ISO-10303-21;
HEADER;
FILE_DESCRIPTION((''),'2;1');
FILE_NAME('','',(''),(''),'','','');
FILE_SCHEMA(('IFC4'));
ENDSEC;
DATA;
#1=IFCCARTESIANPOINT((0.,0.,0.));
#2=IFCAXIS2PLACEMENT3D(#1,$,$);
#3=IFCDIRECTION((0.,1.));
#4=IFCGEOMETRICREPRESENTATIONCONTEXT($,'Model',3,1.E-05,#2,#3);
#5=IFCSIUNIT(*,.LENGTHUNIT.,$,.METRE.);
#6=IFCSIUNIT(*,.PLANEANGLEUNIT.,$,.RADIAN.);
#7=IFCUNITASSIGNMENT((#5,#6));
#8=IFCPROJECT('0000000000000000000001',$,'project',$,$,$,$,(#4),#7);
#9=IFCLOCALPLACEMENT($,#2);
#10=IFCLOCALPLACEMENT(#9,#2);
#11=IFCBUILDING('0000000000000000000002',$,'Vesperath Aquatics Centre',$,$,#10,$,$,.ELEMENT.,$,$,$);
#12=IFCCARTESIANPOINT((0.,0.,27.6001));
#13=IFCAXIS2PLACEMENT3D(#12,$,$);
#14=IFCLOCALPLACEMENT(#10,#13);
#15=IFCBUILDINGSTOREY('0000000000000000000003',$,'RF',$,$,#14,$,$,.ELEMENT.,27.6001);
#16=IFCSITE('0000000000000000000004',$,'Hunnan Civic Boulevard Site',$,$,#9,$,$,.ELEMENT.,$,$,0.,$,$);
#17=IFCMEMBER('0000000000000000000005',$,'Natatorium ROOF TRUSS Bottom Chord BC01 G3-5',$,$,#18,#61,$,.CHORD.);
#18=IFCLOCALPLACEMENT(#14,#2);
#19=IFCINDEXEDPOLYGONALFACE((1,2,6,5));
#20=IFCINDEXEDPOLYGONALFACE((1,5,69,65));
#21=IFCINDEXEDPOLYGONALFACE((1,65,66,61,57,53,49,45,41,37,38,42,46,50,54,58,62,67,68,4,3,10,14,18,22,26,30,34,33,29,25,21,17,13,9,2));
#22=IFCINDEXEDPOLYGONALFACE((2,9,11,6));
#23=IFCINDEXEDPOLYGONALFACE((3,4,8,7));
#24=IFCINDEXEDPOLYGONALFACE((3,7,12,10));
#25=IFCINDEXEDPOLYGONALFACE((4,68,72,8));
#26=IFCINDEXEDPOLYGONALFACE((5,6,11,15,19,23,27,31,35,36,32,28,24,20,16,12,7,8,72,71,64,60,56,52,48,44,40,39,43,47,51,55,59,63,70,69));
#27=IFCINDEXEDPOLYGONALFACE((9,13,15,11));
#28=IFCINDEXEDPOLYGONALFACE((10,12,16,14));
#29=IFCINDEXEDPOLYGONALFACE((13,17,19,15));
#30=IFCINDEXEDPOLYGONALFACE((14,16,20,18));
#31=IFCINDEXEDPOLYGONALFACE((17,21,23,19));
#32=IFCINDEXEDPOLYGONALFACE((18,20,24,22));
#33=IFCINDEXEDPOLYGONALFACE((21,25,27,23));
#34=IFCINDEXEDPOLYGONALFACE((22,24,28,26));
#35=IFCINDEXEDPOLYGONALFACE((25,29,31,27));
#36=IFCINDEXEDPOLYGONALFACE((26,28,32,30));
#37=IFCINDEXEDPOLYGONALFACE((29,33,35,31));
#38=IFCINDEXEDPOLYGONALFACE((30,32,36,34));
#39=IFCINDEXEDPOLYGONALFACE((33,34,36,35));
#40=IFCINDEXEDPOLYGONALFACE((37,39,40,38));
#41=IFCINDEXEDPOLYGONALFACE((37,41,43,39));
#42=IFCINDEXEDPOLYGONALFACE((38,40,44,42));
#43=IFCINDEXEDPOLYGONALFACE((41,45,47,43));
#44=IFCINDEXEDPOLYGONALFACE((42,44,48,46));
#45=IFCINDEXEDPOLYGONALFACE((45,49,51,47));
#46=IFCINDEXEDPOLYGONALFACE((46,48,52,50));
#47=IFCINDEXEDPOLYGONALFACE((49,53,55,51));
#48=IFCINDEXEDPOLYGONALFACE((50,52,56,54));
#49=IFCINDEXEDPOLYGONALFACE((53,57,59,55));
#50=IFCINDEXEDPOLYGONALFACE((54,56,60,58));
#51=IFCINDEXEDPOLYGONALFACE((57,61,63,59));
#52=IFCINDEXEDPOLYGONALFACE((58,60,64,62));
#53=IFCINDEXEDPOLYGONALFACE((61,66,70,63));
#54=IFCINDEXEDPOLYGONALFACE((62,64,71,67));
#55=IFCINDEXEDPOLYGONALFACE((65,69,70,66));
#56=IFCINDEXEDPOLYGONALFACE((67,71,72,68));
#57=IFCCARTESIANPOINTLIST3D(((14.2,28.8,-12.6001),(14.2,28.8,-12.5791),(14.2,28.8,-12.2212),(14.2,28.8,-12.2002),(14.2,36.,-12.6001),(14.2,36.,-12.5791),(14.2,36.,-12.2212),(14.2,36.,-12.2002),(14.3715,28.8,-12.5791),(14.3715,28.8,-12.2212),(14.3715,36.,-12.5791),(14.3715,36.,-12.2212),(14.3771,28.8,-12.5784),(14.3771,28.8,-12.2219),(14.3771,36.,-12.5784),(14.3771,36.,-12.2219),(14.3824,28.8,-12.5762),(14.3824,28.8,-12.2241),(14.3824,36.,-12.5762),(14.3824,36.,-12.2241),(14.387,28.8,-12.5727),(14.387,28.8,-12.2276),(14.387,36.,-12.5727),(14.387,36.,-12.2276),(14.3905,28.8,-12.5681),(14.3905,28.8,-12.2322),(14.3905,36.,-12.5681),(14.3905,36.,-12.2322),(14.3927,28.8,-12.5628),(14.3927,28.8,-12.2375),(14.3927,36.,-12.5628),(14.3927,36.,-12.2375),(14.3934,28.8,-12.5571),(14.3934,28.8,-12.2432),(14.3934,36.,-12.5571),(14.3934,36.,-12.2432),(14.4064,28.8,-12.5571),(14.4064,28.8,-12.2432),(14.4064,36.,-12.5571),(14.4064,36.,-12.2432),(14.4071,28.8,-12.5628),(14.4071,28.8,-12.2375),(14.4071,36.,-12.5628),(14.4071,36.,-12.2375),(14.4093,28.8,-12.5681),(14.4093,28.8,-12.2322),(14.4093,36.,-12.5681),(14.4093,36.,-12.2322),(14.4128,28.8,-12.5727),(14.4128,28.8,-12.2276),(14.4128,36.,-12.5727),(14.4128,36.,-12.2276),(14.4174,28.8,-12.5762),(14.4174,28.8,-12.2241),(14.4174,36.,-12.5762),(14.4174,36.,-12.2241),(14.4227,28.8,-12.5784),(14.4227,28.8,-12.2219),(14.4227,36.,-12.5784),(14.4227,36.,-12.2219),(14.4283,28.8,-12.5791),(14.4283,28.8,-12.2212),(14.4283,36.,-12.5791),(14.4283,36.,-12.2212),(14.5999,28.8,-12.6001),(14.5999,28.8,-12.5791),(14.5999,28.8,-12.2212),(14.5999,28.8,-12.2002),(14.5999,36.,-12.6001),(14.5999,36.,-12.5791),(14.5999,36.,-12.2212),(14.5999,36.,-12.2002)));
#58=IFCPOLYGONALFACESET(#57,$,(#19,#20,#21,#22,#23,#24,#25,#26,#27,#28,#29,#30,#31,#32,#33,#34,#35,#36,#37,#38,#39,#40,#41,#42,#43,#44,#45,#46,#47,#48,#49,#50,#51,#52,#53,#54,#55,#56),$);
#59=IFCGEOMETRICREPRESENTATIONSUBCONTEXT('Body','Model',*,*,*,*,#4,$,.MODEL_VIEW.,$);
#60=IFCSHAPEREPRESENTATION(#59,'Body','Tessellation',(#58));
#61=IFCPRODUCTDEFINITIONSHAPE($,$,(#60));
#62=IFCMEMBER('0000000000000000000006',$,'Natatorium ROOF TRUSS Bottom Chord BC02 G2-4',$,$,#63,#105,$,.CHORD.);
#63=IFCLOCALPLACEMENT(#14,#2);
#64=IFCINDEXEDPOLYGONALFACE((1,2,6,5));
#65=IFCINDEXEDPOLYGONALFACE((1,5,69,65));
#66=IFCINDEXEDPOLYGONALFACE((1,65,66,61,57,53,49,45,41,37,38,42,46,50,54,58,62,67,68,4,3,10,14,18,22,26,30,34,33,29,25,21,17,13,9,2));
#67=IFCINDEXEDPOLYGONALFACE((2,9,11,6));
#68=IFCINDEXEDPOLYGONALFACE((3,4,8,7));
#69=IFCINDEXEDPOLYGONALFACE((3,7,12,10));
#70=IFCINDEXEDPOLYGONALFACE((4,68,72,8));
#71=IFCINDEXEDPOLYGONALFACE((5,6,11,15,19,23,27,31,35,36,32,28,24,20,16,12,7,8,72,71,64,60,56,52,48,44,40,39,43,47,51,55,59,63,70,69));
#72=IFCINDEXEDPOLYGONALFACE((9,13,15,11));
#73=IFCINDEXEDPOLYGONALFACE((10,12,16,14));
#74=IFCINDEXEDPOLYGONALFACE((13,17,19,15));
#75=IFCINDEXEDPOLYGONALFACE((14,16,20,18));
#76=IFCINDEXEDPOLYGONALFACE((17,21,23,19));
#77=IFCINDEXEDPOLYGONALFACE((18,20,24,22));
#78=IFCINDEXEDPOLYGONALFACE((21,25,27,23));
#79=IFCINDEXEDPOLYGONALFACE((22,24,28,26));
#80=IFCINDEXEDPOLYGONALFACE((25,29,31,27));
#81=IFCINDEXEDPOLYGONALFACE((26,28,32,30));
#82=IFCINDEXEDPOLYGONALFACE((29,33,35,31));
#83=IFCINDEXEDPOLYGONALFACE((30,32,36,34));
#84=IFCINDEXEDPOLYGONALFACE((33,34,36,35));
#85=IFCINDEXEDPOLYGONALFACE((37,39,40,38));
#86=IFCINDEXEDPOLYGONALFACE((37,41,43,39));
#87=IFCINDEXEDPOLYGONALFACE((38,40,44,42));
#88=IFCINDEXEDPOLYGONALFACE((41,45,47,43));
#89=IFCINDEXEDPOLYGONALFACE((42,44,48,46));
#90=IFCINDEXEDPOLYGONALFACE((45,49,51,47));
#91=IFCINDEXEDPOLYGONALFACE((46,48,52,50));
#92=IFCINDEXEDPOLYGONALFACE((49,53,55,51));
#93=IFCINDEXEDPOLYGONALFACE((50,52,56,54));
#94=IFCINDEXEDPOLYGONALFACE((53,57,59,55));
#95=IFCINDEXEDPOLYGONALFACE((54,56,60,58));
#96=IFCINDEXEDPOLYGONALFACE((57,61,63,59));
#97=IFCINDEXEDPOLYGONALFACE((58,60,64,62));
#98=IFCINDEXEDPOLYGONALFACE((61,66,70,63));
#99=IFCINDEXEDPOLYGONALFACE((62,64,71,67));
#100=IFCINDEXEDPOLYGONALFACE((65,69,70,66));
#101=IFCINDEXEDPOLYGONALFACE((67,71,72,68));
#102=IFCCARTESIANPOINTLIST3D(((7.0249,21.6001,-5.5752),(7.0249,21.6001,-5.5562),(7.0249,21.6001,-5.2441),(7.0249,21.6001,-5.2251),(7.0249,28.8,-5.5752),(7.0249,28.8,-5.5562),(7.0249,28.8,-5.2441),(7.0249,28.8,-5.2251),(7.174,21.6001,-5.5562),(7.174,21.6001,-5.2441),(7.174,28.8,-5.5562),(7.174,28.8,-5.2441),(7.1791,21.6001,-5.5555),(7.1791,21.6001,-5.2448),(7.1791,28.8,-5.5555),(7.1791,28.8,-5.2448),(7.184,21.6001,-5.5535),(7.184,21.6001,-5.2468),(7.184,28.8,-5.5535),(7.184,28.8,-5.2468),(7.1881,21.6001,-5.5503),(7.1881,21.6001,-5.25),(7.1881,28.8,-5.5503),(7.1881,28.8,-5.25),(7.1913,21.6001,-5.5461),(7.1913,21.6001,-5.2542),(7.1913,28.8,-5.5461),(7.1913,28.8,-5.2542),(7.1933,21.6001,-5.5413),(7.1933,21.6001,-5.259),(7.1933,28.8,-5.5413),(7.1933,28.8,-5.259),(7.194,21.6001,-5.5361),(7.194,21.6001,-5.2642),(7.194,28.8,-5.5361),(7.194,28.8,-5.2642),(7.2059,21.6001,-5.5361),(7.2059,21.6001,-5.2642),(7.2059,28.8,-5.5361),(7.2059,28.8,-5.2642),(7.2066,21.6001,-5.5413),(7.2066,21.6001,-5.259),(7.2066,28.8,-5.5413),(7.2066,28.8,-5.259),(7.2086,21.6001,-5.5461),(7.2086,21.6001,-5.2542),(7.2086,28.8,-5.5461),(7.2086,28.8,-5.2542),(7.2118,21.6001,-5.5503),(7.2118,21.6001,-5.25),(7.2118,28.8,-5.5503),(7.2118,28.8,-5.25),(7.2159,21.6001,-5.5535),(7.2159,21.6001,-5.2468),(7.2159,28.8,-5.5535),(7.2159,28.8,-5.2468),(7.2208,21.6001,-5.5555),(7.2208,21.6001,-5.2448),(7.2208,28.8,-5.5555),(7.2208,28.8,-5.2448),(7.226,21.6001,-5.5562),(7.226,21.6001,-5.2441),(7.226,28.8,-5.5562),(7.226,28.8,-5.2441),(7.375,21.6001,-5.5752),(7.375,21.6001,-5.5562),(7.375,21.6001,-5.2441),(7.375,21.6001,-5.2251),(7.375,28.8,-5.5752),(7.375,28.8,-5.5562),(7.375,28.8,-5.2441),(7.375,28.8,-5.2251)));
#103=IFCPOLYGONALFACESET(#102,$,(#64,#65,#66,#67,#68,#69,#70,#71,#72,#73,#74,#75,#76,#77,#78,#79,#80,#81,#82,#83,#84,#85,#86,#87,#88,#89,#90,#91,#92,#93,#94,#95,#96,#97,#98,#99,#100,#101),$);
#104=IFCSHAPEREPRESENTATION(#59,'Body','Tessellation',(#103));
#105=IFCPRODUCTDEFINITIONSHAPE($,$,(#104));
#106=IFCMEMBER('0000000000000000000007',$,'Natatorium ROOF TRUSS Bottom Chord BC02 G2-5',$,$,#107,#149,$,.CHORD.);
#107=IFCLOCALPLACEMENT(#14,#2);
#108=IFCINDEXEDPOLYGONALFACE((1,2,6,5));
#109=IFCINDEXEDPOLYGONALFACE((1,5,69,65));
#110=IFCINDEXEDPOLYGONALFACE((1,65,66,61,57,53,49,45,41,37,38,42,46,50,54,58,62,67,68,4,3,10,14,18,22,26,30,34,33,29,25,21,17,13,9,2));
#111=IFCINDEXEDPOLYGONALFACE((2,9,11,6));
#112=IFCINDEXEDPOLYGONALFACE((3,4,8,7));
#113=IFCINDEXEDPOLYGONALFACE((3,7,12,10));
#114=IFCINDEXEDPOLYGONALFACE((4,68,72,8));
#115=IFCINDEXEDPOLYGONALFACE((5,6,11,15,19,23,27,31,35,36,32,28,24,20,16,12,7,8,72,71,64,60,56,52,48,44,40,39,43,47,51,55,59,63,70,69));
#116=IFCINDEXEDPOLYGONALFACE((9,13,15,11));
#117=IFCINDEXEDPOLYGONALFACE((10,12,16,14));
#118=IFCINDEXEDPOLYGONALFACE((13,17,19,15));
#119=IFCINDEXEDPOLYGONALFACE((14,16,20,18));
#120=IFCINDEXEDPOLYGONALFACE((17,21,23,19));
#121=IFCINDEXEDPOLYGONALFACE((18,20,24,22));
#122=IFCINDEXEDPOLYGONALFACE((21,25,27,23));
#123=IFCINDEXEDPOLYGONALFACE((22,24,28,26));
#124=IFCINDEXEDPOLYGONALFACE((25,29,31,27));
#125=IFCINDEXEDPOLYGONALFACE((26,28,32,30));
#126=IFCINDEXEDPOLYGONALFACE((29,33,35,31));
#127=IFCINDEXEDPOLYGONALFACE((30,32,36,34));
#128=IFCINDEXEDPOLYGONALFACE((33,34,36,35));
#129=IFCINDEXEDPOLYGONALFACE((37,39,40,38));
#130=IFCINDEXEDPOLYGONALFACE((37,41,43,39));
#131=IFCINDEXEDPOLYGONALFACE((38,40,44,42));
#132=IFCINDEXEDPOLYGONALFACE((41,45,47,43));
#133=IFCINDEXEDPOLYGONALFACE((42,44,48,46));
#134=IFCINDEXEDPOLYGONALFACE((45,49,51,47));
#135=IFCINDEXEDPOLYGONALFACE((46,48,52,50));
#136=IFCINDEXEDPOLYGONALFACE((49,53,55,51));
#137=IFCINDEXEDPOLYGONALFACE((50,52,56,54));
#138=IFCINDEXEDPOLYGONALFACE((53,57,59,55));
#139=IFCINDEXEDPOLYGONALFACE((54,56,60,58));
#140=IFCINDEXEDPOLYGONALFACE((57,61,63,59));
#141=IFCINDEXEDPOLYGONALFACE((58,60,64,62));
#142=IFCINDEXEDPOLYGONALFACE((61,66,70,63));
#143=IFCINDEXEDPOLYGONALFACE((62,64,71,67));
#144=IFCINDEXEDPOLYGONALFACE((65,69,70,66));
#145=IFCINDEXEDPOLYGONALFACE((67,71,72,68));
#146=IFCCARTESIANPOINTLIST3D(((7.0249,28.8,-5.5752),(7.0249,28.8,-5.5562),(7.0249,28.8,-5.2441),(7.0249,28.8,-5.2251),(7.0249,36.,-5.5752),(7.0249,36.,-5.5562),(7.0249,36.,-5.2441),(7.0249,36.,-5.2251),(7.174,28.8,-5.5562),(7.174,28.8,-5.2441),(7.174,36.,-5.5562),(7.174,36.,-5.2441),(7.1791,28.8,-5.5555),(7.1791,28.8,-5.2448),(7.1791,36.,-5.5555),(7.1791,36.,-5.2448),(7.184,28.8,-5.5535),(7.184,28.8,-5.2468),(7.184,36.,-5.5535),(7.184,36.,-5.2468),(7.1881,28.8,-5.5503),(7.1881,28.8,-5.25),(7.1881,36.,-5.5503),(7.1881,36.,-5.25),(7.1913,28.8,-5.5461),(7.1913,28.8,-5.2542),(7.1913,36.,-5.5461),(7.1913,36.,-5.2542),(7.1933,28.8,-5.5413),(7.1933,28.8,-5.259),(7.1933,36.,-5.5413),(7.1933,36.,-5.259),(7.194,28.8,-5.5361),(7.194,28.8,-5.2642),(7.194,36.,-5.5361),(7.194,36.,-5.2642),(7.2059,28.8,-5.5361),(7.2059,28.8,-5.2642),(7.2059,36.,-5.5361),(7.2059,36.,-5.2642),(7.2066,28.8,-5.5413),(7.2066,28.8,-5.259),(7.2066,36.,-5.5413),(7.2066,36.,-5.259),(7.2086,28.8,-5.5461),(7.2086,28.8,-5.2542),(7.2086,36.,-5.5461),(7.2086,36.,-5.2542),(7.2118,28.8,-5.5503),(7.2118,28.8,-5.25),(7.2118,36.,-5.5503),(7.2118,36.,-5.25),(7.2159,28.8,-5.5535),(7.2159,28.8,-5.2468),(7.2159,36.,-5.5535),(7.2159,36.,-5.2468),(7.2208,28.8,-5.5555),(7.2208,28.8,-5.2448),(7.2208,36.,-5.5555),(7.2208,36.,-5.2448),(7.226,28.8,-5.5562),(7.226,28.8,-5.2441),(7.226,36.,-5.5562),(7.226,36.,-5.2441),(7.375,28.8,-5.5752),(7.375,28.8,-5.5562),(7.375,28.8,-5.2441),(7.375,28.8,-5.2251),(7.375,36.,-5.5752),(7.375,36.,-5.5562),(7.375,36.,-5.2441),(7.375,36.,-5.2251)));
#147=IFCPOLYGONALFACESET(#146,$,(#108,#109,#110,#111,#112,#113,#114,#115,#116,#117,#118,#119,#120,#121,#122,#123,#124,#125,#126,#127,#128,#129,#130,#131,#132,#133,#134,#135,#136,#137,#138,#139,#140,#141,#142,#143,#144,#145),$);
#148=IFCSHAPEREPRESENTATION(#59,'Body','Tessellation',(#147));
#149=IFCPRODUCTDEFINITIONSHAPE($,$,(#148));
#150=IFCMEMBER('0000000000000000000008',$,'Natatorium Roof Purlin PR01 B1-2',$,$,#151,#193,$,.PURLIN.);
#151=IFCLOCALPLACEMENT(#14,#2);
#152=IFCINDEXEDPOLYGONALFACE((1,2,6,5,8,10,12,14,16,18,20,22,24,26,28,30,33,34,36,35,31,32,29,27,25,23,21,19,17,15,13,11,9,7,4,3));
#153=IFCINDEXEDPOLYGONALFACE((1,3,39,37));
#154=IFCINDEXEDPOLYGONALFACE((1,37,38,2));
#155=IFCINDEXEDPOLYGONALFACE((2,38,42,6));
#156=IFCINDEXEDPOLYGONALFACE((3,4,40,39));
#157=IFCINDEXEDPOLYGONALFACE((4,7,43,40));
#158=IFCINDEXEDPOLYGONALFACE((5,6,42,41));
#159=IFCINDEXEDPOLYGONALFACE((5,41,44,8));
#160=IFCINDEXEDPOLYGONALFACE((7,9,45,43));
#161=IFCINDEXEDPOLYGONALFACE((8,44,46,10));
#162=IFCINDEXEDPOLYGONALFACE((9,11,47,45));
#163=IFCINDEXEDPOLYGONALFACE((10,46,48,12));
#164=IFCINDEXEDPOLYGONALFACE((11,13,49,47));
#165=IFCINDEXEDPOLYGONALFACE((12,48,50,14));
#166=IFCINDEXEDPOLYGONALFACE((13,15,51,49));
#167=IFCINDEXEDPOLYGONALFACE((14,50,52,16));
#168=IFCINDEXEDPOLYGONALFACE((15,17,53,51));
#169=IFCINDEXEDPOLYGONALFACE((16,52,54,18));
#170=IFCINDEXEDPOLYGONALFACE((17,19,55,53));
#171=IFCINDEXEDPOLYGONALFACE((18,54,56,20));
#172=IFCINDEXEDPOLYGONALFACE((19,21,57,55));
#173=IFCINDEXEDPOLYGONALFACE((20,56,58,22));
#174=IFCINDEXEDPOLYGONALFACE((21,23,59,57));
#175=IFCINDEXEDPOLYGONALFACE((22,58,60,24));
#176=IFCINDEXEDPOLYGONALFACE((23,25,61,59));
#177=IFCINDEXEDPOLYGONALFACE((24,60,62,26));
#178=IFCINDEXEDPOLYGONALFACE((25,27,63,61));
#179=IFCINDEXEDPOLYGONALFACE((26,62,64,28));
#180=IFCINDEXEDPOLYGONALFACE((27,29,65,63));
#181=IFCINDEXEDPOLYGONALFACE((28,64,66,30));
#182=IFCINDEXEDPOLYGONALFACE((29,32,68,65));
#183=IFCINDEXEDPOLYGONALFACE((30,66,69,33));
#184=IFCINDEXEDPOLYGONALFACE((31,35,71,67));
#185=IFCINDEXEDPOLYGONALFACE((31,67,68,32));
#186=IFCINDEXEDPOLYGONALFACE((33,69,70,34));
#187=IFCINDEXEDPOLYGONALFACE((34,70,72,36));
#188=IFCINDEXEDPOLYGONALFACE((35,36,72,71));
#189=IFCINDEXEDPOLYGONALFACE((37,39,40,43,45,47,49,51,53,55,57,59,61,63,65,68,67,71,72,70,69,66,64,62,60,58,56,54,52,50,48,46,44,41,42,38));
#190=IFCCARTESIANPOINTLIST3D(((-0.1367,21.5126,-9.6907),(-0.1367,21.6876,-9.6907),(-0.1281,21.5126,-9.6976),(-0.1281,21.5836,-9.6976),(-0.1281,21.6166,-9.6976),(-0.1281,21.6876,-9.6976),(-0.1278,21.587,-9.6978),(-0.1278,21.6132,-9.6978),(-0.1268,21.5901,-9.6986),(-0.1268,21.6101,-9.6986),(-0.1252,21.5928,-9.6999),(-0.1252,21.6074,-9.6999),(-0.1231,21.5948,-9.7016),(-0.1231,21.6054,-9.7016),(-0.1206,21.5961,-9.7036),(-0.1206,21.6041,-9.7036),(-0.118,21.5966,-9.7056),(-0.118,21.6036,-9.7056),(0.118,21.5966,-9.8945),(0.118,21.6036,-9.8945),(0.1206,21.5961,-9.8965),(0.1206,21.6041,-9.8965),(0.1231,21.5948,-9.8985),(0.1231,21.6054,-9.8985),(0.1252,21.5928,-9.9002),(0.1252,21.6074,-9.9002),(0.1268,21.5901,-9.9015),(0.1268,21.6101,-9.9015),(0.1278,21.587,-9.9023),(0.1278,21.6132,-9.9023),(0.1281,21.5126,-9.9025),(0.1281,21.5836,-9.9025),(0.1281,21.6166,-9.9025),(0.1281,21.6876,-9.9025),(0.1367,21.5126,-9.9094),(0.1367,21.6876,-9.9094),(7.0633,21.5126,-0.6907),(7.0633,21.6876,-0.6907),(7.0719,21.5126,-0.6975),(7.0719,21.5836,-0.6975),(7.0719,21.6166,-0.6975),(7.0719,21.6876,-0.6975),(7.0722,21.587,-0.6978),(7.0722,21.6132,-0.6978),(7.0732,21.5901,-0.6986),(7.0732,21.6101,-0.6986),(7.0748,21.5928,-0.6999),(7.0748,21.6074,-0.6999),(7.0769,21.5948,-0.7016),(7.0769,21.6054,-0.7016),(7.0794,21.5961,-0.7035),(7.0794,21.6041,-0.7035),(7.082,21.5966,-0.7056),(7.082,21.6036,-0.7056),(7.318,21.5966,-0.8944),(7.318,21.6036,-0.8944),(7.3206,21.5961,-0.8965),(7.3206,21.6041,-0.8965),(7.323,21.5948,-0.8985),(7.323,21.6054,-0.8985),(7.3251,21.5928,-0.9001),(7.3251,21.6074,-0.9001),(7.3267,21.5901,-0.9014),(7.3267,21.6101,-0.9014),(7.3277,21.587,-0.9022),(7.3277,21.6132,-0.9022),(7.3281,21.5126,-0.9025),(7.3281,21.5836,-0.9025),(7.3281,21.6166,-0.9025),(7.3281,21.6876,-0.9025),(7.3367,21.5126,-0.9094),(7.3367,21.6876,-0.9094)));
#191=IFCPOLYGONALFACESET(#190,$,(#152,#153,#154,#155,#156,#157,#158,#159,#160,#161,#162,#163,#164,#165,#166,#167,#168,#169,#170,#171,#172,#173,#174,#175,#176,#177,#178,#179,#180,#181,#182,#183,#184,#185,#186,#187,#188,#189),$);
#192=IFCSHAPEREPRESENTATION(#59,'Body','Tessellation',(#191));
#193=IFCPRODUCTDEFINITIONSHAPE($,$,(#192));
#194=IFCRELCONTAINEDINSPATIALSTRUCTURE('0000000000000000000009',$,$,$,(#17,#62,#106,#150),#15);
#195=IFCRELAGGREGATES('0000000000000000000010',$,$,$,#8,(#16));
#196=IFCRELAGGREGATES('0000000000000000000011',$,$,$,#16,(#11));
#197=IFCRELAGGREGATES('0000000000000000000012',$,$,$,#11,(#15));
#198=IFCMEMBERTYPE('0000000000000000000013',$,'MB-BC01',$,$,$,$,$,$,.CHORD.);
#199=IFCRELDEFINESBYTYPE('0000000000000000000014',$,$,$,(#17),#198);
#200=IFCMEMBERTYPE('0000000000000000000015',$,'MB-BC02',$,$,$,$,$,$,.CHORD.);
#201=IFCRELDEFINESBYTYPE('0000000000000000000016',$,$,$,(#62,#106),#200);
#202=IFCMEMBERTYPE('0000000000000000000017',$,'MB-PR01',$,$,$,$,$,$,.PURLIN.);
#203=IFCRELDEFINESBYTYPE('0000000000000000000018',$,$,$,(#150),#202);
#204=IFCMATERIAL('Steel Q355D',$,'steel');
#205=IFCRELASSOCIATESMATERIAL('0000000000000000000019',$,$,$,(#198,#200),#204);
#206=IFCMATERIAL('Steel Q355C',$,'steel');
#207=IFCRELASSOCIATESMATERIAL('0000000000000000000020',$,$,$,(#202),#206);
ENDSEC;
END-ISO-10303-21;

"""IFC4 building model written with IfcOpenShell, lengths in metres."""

from ifc_helpers import new_model, si_unit, direction, frame, origin, origin_2d, place, context, subcontext, project, spatial, i_section, extrude, material, material_profile, profile_set, type_object, element, save


model = new_model("IFC4")

# Units and contexts
model_context = context("Model", 3, precision=1e-05, world=origin(), true_north=direction((0.0, 1.0)))
body_context = subcontext(model_context, "Body", "Model", "MODEL_VIEW")
ifc_project = project(units=[si_unit("LENGTHUNIT", "METRE"), si_unit("PLANEANGLEUNIT", "RADIAN")], contexts=[model_context])

# Site, building, storey
site_placement = place(None, origin())
site = spatial("IfcSite", under=ifc_project, at=site_placement, Name="Hunnan Civic Boulevard Site", CompositionType="ELEMENT", RefElevation=0.0)
building_placement = place(site_placement, origin())
building = spatial("IfcBuilding", under=site, at=building_placement, Name="Vesperath Aquatics Centre", CompositionType="ELEMENT")
storey_placement = place(building_placement, frame((0.0, 0.0, 27.6001)))
storey = spatial("IfcBuildingStorey", under=building, at=storey_placement, Name="RF", CompositionType="ELEMENT", Elevation=27.6001)

# Shared definitions
ifc_material_1 = material(Name="Steel Q355C", Category="steel")

# Members
ifc_material_2 = material(Name="Steel Q355D", Category="steel")
ifc_material_profile_1 = material_profile(ifc_material_2, i_section(OverallWidth=0.3999, OverallDepth=0.3999, WebThickness=0.0129, FlangeThickness=0.021, FilletRadius=0.022, at=origin_2d()), Name="HW 400x400x13x21")
ifc_profile_set_1 = profile_set([ifc_material_profile_1], Name="Steel Q355D")
member_type_1 = type_object("IfcMemberType", Name="MB-BC01", PredefinedType="CHORD", material=ifc_profile_set_1)
for number, where, z_axis, x_axis, name in (
    (1, (14.3999, 28.8, -12.4001), (0.0, 1.0, 0.0), (-1.0, 0.0, 0.0), "Natatorium ROOF TRUSS Bottom Chord BC01 G3-5"),
):
    element("IfcMember", number, at=place(storey_placement, frame(where, z_axis=z_axis, x_axis=x_axis)), inside=storey, type_object=member_type_1, Name=name, PredefinedType="CHORD", context=body_context, shape_type="SweptSolid", body=[
        extrude(i_section(OverallWidth=0.3999, OverallDepth=0.3999, WebThickness=0.0129, FlangeThickness=0.021, FilletRadius=0.022, at=origin_2d()), origin(), (0.0, 0.0, 1.0), 7.2),
    ])
ifc_material_profile_2 = material_profile(ifc_material_2, i_section(OverallWidth=0.3501, OverallDepth=0.3501, WebThickness=0.012, FlangeThickness=0.019, FilletRadius=0.02, at=origin_2d()), Name="HW 350x350x12x19")
ifc_profile_set_2 = profile_set([ifc_material_profile_2], Name="Steel Q355D")
member_type_2 = type_object("IfcMemberType", Name="MB-BC02", PredefinedType="CHORD", material=ifc_profile_set_2)
for number, where, z_axis, x_axis, name in (
    (2, (7.2, 21.6001, -5.4001), (0.0, 1.0, 0.0), (-1.0, 0.0, 0.0), "Natatorium ROOF TRUSS Bottom Chord BC02 G2-4"),
    (3, (7.2, 28.8, -5.4001), (0.0, 1.0, 0.0), (-1.0, 0.0, 0.0), "Natatorium ROOF TRUSS Bottom Chord BC02 G2-5"),
):
    element("IfcMember", number, at=place(storey_placement, frame(where, z_axis=z_axis, x_axis=x_axis)), inside=storey, type_object=member_type_2, Name=name, PredefinedType="CHORD", context=body_context, shape_type="SweptSolid", body=[
        extrude(i_section(OverallWidth=0.3501, OverallDepth=0.3501, WebThickness=0.012, FlangeThickness=0.019, FilletRadius=0.02, at=origin_2d()), origin(), (0.0, 0.0, 1.0), 7.2),
    ])
ifc_material_profile_3 = material_profile(ifc_material_1, i_section(OverallWidth=0.175, OverallDepth=0.3501, WebThickness=0.0071, FlangeThickness=0.011, FilletRadius=0.0129, at=origin_2d()), Name="HN 350x175x7x11")
ifc_profile_set_3 = profile_set([ifc_material_profile_3], Name="Steel Q355C")
member_type_3 = type_object("IfcMemberType", Name="MB-PR01", PredefinedType="PURLIN", material=ifc_profile_set_3)
for number, where, z_axis, x_axis, name in (
    (4, (0.0, 21.6001, -9.8), (0.624692, 0.0, 0.780871), (0.0, 1.0, 0.0), "Natatorium Roof Purlin PR01 B1-2"),
):
    element("IfcMember", number, at=place(storey_placement, frame(where, z_axis=z_axis, x_axis=x_axis)), inside=storey, type_object=member_type_3, Name=name, PredefinedType="PURLIN", context=body_context, shape_type="SweptSolid", body=[
        extrude(i_section(OverallWidth=0.175, OverallDepth=0.3501, WebThickness=0.0071, FlangeThickness=0.011, FilletRadius=0.0129, at=origin_2d()), origin(), (0.0, 0.0, 1.0), 11.5256),
    ])

save(model, "model.ifc")
